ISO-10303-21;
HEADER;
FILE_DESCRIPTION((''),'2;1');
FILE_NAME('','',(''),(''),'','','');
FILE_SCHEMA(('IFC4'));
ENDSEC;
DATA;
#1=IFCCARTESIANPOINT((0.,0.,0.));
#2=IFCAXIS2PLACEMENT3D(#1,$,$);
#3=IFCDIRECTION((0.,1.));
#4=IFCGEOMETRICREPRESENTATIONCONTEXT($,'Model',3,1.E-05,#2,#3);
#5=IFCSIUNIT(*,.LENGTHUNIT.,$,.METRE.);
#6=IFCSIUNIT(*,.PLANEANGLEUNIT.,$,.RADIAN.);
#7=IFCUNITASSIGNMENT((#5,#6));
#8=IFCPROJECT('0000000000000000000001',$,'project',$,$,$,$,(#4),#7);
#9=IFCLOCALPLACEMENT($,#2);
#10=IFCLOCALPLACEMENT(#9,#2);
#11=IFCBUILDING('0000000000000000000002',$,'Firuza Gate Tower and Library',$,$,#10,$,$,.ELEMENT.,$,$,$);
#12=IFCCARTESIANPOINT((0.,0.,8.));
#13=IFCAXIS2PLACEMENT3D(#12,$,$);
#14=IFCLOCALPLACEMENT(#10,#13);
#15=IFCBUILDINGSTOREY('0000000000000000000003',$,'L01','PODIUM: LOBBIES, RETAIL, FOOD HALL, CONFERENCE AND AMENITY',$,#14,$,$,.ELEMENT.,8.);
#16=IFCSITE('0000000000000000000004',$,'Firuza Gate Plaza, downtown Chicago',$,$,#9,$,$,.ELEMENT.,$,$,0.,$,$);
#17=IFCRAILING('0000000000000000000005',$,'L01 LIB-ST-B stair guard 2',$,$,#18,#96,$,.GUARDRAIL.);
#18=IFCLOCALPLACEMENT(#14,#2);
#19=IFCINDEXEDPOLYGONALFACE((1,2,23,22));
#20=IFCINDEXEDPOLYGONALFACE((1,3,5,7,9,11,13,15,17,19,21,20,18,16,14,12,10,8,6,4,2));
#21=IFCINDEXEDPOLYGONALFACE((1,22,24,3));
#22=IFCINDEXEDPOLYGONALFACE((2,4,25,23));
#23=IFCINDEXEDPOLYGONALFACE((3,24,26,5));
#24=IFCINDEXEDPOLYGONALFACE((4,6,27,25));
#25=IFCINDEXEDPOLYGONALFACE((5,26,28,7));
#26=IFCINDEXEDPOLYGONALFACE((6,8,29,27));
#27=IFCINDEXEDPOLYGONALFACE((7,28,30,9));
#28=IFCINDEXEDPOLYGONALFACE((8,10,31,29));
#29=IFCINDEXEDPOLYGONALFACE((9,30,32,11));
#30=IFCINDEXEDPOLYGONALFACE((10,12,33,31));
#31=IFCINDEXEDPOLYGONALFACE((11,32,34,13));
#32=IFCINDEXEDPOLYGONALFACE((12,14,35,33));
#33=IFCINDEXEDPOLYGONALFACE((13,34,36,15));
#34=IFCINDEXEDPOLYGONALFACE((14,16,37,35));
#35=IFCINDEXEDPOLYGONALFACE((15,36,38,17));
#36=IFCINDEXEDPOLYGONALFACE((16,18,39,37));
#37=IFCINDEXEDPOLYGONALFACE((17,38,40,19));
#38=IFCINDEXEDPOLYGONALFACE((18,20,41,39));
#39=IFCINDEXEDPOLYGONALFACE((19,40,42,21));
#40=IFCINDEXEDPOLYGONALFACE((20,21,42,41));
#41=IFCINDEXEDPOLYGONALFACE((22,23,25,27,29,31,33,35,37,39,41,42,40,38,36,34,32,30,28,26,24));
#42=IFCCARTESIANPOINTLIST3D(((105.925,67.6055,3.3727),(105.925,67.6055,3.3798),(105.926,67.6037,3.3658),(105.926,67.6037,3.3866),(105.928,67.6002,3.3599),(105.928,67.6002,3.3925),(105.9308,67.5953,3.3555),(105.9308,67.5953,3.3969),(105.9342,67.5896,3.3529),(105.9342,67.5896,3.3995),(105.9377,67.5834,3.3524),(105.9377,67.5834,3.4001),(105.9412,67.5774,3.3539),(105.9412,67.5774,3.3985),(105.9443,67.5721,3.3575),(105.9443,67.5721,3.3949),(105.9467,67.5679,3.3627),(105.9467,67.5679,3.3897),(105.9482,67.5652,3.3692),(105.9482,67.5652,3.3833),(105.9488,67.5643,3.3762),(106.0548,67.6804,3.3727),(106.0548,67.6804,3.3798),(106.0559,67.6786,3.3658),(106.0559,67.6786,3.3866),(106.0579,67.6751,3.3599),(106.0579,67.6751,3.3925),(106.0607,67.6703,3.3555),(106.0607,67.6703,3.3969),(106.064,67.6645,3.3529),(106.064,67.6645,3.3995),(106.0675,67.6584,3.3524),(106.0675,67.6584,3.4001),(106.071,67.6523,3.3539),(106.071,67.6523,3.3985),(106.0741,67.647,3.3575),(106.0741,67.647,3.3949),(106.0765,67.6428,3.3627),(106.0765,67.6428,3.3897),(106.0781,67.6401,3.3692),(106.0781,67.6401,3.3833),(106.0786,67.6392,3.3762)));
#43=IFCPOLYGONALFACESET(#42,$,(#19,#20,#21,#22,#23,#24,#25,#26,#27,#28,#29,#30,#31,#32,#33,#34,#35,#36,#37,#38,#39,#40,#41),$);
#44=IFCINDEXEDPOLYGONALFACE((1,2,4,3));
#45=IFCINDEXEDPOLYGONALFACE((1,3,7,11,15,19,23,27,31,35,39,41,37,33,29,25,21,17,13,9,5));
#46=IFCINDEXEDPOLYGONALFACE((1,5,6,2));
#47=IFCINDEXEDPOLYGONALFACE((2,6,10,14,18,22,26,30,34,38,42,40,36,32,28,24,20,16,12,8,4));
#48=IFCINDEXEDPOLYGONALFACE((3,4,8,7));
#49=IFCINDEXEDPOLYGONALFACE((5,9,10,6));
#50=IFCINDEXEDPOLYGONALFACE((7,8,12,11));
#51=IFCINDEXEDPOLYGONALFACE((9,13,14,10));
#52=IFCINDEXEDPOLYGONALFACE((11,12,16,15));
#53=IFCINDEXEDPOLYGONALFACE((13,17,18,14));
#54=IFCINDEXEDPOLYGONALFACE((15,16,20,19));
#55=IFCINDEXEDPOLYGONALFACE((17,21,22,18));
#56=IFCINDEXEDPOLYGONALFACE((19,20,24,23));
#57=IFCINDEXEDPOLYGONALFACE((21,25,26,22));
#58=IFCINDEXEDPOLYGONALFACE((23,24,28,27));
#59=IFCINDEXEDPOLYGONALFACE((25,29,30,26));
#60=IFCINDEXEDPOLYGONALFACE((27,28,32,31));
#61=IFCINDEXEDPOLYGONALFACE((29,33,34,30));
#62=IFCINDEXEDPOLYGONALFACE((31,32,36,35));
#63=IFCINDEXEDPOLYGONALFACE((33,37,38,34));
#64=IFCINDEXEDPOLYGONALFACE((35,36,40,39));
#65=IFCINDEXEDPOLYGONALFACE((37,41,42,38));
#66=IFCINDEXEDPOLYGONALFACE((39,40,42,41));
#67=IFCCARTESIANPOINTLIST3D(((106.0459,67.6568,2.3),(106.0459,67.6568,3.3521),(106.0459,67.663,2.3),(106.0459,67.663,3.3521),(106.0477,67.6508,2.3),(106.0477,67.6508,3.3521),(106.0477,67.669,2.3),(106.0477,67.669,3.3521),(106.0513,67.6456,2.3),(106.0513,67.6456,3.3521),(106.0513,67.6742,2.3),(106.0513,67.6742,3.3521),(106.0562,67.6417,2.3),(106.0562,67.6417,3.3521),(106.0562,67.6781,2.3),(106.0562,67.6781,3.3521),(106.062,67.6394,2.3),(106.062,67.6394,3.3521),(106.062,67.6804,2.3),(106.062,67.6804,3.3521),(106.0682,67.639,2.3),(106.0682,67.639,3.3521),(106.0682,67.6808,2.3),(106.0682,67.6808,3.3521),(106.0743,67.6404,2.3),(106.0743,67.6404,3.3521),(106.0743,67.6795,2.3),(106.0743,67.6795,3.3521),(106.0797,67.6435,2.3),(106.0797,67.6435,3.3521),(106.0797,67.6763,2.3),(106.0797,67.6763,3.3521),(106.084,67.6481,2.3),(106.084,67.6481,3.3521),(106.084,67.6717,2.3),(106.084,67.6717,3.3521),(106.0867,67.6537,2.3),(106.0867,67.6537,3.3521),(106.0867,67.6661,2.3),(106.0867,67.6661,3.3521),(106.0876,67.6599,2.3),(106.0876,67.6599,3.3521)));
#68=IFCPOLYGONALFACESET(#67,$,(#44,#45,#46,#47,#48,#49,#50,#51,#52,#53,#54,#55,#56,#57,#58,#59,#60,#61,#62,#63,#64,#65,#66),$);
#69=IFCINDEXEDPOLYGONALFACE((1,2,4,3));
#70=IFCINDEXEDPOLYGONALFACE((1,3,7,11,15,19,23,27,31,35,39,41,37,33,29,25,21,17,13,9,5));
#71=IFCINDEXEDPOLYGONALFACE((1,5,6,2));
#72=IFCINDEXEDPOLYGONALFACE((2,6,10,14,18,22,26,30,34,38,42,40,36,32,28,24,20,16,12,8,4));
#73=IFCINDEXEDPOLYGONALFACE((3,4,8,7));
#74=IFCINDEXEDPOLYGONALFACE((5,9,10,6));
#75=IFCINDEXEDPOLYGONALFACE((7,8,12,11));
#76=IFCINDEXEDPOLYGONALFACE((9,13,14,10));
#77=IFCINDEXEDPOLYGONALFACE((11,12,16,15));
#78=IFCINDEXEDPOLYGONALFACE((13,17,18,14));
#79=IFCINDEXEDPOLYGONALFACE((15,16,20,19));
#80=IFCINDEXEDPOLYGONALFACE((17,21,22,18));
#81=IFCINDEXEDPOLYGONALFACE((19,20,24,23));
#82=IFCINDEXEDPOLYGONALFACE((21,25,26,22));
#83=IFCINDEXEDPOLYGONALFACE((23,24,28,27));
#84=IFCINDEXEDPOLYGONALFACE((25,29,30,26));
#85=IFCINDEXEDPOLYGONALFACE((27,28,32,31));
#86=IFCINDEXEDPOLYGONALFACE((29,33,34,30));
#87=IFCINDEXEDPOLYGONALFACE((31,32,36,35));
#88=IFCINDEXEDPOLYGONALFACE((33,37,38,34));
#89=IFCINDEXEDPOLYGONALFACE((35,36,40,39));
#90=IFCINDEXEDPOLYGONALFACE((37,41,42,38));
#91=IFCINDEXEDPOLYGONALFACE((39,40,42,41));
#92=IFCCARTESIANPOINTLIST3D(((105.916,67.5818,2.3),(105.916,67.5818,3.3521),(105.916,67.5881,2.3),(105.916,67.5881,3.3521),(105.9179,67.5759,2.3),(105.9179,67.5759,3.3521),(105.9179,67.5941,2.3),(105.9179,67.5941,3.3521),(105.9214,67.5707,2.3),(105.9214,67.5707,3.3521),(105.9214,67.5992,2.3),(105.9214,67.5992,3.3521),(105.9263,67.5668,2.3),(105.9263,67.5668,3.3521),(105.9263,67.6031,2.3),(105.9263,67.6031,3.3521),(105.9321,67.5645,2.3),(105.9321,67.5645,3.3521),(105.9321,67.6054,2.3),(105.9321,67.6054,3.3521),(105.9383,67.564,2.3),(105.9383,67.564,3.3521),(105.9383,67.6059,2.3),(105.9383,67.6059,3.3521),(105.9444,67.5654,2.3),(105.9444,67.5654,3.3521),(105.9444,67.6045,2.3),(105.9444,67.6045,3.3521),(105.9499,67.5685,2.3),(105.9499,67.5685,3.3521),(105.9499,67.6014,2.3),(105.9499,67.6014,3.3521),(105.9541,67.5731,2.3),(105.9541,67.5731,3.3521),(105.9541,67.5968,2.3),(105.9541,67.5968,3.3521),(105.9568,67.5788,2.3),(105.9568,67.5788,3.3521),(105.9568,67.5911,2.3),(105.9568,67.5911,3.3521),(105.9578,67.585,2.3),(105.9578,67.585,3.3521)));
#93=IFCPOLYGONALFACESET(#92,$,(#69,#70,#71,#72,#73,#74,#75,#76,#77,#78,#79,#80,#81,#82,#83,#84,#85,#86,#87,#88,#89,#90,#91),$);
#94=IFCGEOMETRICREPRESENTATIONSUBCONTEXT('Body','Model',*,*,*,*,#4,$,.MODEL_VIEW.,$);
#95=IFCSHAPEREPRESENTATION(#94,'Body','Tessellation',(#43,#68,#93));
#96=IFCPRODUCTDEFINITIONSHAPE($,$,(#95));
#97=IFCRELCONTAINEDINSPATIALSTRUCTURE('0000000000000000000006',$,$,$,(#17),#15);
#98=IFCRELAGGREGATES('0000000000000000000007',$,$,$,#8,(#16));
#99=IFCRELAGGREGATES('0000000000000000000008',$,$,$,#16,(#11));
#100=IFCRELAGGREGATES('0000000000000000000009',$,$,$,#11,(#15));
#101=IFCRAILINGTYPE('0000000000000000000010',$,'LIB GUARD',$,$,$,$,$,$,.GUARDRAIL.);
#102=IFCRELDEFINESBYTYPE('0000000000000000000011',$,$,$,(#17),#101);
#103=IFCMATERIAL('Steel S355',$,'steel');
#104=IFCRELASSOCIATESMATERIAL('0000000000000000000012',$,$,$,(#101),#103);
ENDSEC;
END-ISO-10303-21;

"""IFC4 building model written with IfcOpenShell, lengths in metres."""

from ifc_helpers import new_model, si_unit, direction, frame, origin, origin_2d, place, context, subcontext, project, spatial, circle, extrude, material, type_object, element, save


model = new_model("IFC4")

# Units and contexts
model_context = context("Model", 3, precision=1e-05, world=origin(), true_north=direction((0.0, 1.0)))
body_context = subcontext(model_context, "Body", "Model", "MODEL_VIEW")
ifc_project = project(units=[si_unit("LENGTHUNIT", "METRE"), si_unit("PLANEANGLEUNIT", "RADIAN")], contexts=[model_context])

# Site, building, storey
site_placement = place(None, origin())
site = spatial("IfcSite", under=ifc_project, at=site_placement, Name="Firuza Gate Plaza, downtown Chicago", CompositionType="ELEMENT", RefElevation=0.0)
building_placement = place(site_placement, origin())
building = spatial("IfcBuilding", under=site, at=building_placement, Name="Firuza Gate Tower and Library", CompositionType="ELEMENT")
storey_placement = place(building_placement, frame((0.0, 0.0, 8.0)))
storey = spatial("IfcBuildingStorey", under=building, at=storey_placement, Name="L01", Description="PODIUM: LOBBIES, RETAIL, FOOD HALL, CONFERENCE AND AMENITY", CompositionType="ELEMENT", Elevation=8.0)

# Railing
ifc_material_1 = material(Name="Steel S355", Category="steel")
railing_type_1 = type_object("IfcRailingType", Name="LIB GUARD", PredefinedType="GUARDRAIL", material=ifc_material_1)
railing_1_placement = place(storey_placement, frame((106.0667, 67.6599, 2.3)))
element("IfcRailing", 1, at=railing_1_placement, inside=storey, type_object=railing_type_1, Name="L01 LIB-ST-B stair guard 2", PredefinedType="GUARDRAIL", context=body_context, shape_type="SweptSolid", body=[
    extrude(circle(Radius=0.0239, at=origin_2d()), frame((0.0, 0.0, 1.0762), z_axis=(-0.866131, -0.499816, 0.0), x_axis=(0.499816, -0.866131, 0.0)), (0.0, 0.0, 1.0), 0.1499),
    extrude(circle(Radius=0.021, at=origin_2d()), origin(), (0.0, 0.0, 1.0), 1.052),
    extrude(circle(Radius=0.021, at=origin_2d()), frame((-0.1299, -0.075, 0.0)), (0.0, 0.0, 1.0), 1.052),
])

save(model, "model.ifc")
